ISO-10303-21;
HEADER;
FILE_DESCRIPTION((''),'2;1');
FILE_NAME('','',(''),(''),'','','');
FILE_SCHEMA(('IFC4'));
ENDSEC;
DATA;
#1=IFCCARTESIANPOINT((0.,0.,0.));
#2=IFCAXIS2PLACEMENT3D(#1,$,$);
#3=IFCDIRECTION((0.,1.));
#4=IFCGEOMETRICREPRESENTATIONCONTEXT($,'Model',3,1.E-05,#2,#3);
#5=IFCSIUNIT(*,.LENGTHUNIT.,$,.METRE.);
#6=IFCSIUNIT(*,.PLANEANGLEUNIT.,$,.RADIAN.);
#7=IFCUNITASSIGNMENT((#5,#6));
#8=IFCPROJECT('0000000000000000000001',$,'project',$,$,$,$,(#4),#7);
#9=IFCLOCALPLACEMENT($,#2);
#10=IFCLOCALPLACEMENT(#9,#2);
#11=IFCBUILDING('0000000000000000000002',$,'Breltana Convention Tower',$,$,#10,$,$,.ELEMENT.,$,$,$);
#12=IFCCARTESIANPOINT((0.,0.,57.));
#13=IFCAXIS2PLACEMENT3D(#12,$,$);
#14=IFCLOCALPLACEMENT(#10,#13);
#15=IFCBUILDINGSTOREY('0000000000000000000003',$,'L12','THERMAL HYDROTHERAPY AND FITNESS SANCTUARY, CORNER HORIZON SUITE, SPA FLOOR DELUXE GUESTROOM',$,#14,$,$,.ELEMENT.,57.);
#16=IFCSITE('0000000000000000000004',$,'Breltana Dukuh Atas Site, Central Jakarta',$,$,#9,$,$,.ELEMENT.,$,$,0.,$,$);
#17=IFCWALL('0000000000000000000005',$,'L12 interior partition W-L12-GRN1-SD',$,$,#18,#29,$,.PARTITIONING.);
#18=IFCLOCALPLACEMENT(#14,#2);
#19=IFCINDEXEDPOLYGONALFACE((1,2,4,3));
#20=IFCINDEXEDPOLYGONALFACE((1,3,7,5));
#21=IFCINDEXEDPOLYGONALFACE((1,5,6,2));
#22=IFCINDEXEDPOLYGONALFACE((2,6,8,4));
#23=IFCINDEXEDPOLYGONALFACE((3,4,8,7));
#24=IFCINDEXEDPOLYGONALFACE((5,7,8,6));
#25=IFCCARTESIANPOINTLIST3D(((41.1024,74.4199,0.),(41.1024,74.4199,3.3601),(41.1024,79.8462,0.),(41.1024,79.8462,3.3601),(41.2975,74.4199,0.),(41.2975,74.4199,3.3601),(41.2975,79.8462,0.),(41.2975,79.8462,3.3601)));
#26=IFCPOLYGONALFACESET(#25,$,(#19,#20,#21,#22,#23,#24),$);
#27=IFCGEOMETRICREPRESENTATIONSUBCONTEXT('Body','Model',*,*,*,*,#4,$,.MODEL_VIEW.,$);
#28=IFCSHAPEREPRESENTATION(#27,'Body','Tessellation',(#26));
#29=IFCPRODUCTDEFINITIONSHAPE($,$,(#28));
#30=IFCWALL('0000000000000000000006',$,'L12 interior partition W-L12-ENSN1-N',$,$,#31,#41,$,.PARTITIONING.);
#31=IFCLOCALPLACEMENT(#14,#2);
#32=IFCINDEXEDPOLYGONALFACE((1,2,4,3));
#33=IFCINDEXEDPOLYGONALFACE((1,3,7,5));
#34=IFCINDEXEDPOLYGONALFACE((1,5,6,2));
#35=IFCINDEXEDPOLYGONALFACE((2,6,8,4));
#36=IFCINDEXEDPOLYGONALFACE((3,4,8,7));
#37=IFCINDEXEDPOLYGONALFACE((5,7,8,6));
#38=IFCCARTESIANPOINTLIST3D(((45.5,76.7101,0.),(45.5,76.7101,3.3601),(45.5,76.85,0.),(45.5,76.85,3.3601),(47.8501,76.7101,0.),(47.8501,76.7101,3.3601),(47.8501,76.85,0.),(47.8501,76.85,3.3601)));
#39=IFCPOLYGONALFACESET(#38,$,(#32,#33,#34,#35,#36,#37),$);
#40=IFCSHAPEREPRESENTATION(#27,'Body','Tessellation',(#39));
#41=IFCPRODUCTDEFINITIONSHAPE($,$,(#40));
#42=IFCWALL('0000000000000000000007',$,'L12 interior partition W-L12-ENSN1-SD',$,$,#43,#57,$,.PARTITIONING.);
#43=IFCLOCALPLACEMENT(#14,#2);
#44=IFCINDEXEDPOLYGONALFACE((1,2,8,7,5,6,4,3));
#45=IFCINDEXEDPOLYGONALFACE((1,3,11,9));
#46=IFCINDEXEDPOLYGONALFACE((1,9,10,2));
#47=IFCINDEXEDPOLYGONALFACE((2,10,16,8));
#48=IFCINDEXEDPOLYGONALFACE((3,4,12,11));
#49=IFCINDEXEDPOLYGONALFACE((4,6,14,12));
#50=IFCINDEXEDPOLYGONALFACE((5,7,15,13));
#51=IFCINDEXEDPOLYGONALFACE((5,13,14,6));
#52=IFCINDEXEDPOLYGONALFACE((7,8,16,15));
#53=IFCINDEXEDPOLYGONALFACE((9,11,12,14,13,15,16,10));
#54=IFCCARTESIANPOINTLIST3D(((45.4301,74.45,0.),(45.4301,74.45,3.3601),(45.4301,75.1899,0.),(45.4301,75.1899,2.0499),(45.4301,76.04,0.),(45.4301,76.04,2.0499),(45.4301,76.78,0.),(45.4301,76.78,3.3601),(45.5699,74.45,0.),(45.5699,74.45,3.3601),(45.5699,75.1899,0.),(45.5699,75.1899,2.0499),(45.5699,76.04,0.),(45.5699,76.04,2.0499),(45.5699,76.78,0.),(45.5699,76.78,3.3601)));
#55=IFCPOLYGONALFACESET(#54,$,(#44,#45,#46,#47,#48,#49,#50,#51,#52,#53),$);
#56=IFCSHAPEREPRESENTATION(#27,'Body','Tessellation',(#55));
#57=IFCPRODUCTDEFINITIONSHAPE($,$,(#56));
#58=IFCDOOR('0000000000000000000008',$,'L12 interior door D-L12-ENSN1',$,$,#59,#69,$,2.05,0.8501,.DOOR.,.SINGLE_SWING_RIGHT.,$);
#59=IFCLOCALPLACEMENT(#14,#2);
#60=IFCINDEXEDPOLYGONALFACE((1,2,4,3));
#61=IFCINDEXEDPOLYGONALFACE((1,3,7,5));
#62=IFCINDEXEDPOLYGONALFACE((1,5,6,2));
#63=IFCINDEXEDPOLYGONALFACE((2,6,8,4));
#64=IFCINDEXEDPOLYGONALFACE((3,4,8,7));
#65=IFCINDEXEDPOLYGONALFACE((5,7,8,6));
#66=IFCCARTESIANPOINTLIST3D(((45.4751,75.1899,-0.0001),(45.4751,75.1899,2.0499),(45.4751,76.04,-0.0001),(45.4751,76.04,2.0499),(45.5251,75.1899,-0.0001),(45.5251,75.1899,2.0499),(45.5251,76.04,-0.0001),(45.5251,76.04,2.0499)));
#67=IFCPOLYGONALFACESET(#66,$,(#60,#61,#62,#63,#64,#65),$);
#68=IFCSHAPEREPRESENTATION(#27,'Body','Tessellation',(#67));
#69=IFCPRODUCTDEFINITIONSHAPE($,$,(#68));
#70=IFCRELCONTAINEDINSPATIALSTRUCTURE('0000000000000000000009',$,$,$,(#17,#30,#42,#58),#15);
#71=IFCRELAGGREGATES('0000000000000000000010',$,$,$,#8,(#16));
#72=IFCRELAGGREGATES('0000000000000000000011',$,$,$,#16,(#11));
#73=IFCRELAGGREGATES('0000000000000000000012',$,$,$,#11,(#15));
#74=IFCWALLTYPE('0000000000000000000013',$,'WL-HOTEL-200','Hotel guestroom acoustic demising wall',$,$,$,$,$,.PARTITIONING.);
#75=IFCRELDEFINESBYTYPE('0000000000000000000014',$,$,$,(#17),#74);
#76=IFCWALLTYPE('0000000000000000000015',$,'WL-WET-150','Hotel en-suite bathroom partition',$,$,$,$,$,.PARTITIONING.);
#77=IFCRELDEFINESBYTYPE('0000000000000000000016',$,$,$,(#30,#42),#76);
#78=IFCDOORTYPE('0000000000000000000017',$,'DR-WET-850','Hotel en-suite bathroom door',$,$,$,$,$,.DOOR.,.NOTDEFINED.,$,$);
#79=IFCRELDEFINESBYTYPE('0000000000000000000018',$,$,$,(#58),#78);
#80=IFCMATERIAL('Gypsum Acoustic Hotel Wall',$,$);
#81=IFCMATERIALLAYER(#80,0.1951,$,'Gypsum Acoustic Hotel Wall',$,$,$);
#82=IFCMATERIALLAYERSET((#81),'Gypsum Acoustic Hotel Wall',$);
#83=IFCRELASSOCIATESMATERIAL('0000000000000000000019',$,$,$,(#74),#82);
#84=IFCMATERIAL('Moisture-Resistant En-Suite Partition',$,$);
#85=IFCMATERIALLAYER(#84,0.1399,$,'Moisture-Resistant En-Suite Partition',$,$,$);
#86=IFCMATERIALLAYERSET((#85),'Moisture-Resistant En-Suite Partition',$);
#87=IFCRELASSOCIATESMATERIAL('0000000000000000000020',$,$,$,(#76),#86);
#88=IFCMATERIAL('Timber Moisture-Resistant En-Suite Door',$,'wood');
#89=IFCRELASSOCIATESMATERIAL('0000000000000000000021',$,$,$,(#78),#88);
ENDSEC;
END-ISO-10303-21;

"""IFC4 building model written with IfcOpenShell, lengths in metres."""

from ifc_helpers import new_model, si_unit, direction, frame, frame_2d, origin, place, context, subcontext, project, spatial, rectangle, extrude, source, transform, mapped, material, layer, layer_set, type_object, type_shapes, element, fill, save


model = new_model("IFC4")

# Units and contexts
model_context = context("Model", 3, precision=1e-05, world=origin(), true_north=direction((0.0, 1.0)))
body_context = subcontext(model_context, "Body", "Model", "MODEL_VIEW")
ifc_project = project(units=[si_unit("LENGTHUNIT", "METRE"), si_unit("PLANEANGLEUNIT", "RADIAN")], contexts=[model_context])

# Site, building, storey
site_placement = place(None, origin())
site = spatial("IfcSite", under=ifc_project, at=site_placement, Name="Breltana Dukuh Atas Site, Central Jakarta", CompositionType="ELEMENT", RefElevation=0.0)
building_placement = place(site_placement, origin())
building = spatial("IfcBuilding", under=site, at=building_placement, Name="Breltana Convention Tower", CompositionType="ELEMENT")
storey_placement = place(building_placement, frame((0.0, 0.0, 57.0)))
storey = spatial("IfcBuildingStorey", under=building, at=storey_placement, Name="L12", Description="THERMAL HYDROTHERAPY AND FITNESS SANCTUARY, CORNER HORIZON SUITE, SPA FLOOR DELUXE GUESTROOM", CompositionType="ELEMENT", Elevation=57.0)

# Shared definitions
ifc_material_1 = material(Name="Gypsum Acoustic Hotel Wall")
ifc_layer_1 = layer(ifc_material_1, 0.1951, Name="Gypsum Acoustic Hotel Wall")
ifc_layer_set_1 = layer_set([ifc_layer_1], Name="Gypsum Acoustic Hotel Wall")
wall_type_1 = type_object("IfcWallType", Name="WL-HOTEL-200", Description="Hotel guestroom acoustic demising wall", PredefinedType="PARTITIONING", material=ifc_layer_set_1)

# Walls
shared_shape_1 = source(origin(), body_context, "Body", "SweptSolid", [
    extrude(rectangle(XDim=5.4263, YDim=0.1951, at=frame_2d((2.7131, 0.0))), origin(), (0.0, 0.0, 1.0), 3.3601),
])
wall_1_placement = place(storey_placement, frame((41.2, 74.4199, 0.0), z_axis=(0.0, 0.0, 1.0), x_axis=(0.0, 1.0, 0.0)))
element("IfcWall", 1, at=wall_1_placement, inside=storey, type_object=wall_type_1, Name="L12 interior partition W-L12-GRN1-SD", PredefinedType="PARTITIONING", context=body_context, shape_type="MappedRepresentation", body=[
    mapped(shared_shape_1, transform((0.0, 0.0, 0.0), scale=1.0)),
])
ifc_material_2 = material(Name="Moisture-Resistant En-Suite Partition")
ifc_layer_2 = layer(ifc_material_2, 0.1399, Name="Moisture-Resistant En-Suite Partition")
ifc_layer_set_2 = layer_set([ifc_layer_2], Name="Moisture-Resistant En-Suite Partition")
wall_type_2 = type_object("IfcWallType", Name="WL-WET-150", Description="Hotel en-suite bathroom partition", PredefinedType="PARTITIONING", material=ifc_layer_set_2)
shared_shape_2 = source(origin(), body_context, "Body", "SweptSolid", [
    extrude(rectangle(XDim=2.3501, YDim=0.1399, at=frame_2d((1.175, 0.0))), origin(), (0.0, 0.0, 1.0), 3.3601),
])
type_shapes(wall_type_2, [shared_shape_2])
wall_2_placement = place(storey_placement, frame((45.5, 76.78, 0.0), z_axis=(0.0, 0.0, 1.0), x_axis=(1.0, 0.0, 0.0)))
element("IfcWall", 2, at=wall_2_placement, inside=storey, type_object=wall_type_2, Name="L12 interior partition W-L12-ENSN1-N", PredefinedType="PARTITIONING", context=body_context, shape_type="MappedRepresentation", body=[
    mapped(shared_shape_2, transform((0.0, 0.0, 0.0), scale=1.0)),
])

# Wall, opening, door
shared_shape_3 = source(origin(), body_context, "Body", "SweptSolid", [
    extrude(rectangle(XDim=2.3301, YDim=0.1399, at=frame_2d((1.165, 0.0))), origin(), (0.0, 0.0, 1.0), 3.3601),
])
wall_3_placement = place(storey_placement, frame((45.5, 74.45, 0.0), z_axis=(0.0, 0.0, 1.0), x_axis=(0.0, 1.0, 0.0)))
wall_3 = element("IfcWall", 3, at=wall_3_placement, inside=storey, type_object=wall_type_2, Name="L12 interior partition W-L12-ENSN1-SD", PredefinedType="PARTITIONING", context=body_context, shape_type="MappedRepresentation", body=[
    mapped(shared_shape_3, transform((0.0, 0.0, 0.0), scale=1.0)),
])
opening_1_placement = place(wall_3_placement, frame((0.74, 0.0, 0.0)))
opening_1 = element("IfcOpeningElement", 4, at=opening_1_placement, cuts=wall_3, PredefinedType="OPENING", context=body_context, shape_type="SweptSolid", body=[
    extrude(rectangle(XDim=0.8501, YDim=2.05, at=frame_2d((0.425, 1.0249))), frame((0.0, 0.0801, 0.0), z_axis=(0.0, -1.0, 0.0), x_axis=(1.0, 0.0, 0.0)), (0.0, 0.0, 1.0), 0.1599),
])
ifc_material_3 = material(Name="Timber Moisture-Resistant En-Suite Door", Category="wood")
door_type_1 = type_object("IfcDoorType", Name="DR-WET-850", Description="Hotel en-suite bathroom door", OperationType="NOTDEFINED", PredefinedType="DOOR", material=ifc_material_3)
shared_shape_4 = source(origin(), body_context, "Body", "SweptSolid", [
    extrude(rectangle(XDim=0.8501, YDim=2.05, at=frame_2d((0.425, 1.0249))), frame((0.0, 0.0249, 0.0), z_axis=(0.0, -1.0, 0.0), x_axis=(1.0, 0.0, 0.0)), (0.0, 0.0, 1.0), 0.05),
])
type_shapes(door_type_1, [shared_shape_4])
door_1_placement = place(opening_1_placement, origin())
door_1 = element("IfcDoor", 5, at=door_1_placement, inside=storey, type_object=door_type_1, Name="L12 interior door D-L12-ENSN1", OperationType="SINGLE_SWING_RIGHT", OverallHeight=2.05, OverallWidth=0.8501, PredefinedType="DOOR", context=body_context, shape_type="MappedRepresentation", body=[
    mapped(shared_shape_4, transform((0.0, 0.0, 0.0), scale=1.0)),
])
fill(opening_1, door_1)

save(model, "model.ifc")
